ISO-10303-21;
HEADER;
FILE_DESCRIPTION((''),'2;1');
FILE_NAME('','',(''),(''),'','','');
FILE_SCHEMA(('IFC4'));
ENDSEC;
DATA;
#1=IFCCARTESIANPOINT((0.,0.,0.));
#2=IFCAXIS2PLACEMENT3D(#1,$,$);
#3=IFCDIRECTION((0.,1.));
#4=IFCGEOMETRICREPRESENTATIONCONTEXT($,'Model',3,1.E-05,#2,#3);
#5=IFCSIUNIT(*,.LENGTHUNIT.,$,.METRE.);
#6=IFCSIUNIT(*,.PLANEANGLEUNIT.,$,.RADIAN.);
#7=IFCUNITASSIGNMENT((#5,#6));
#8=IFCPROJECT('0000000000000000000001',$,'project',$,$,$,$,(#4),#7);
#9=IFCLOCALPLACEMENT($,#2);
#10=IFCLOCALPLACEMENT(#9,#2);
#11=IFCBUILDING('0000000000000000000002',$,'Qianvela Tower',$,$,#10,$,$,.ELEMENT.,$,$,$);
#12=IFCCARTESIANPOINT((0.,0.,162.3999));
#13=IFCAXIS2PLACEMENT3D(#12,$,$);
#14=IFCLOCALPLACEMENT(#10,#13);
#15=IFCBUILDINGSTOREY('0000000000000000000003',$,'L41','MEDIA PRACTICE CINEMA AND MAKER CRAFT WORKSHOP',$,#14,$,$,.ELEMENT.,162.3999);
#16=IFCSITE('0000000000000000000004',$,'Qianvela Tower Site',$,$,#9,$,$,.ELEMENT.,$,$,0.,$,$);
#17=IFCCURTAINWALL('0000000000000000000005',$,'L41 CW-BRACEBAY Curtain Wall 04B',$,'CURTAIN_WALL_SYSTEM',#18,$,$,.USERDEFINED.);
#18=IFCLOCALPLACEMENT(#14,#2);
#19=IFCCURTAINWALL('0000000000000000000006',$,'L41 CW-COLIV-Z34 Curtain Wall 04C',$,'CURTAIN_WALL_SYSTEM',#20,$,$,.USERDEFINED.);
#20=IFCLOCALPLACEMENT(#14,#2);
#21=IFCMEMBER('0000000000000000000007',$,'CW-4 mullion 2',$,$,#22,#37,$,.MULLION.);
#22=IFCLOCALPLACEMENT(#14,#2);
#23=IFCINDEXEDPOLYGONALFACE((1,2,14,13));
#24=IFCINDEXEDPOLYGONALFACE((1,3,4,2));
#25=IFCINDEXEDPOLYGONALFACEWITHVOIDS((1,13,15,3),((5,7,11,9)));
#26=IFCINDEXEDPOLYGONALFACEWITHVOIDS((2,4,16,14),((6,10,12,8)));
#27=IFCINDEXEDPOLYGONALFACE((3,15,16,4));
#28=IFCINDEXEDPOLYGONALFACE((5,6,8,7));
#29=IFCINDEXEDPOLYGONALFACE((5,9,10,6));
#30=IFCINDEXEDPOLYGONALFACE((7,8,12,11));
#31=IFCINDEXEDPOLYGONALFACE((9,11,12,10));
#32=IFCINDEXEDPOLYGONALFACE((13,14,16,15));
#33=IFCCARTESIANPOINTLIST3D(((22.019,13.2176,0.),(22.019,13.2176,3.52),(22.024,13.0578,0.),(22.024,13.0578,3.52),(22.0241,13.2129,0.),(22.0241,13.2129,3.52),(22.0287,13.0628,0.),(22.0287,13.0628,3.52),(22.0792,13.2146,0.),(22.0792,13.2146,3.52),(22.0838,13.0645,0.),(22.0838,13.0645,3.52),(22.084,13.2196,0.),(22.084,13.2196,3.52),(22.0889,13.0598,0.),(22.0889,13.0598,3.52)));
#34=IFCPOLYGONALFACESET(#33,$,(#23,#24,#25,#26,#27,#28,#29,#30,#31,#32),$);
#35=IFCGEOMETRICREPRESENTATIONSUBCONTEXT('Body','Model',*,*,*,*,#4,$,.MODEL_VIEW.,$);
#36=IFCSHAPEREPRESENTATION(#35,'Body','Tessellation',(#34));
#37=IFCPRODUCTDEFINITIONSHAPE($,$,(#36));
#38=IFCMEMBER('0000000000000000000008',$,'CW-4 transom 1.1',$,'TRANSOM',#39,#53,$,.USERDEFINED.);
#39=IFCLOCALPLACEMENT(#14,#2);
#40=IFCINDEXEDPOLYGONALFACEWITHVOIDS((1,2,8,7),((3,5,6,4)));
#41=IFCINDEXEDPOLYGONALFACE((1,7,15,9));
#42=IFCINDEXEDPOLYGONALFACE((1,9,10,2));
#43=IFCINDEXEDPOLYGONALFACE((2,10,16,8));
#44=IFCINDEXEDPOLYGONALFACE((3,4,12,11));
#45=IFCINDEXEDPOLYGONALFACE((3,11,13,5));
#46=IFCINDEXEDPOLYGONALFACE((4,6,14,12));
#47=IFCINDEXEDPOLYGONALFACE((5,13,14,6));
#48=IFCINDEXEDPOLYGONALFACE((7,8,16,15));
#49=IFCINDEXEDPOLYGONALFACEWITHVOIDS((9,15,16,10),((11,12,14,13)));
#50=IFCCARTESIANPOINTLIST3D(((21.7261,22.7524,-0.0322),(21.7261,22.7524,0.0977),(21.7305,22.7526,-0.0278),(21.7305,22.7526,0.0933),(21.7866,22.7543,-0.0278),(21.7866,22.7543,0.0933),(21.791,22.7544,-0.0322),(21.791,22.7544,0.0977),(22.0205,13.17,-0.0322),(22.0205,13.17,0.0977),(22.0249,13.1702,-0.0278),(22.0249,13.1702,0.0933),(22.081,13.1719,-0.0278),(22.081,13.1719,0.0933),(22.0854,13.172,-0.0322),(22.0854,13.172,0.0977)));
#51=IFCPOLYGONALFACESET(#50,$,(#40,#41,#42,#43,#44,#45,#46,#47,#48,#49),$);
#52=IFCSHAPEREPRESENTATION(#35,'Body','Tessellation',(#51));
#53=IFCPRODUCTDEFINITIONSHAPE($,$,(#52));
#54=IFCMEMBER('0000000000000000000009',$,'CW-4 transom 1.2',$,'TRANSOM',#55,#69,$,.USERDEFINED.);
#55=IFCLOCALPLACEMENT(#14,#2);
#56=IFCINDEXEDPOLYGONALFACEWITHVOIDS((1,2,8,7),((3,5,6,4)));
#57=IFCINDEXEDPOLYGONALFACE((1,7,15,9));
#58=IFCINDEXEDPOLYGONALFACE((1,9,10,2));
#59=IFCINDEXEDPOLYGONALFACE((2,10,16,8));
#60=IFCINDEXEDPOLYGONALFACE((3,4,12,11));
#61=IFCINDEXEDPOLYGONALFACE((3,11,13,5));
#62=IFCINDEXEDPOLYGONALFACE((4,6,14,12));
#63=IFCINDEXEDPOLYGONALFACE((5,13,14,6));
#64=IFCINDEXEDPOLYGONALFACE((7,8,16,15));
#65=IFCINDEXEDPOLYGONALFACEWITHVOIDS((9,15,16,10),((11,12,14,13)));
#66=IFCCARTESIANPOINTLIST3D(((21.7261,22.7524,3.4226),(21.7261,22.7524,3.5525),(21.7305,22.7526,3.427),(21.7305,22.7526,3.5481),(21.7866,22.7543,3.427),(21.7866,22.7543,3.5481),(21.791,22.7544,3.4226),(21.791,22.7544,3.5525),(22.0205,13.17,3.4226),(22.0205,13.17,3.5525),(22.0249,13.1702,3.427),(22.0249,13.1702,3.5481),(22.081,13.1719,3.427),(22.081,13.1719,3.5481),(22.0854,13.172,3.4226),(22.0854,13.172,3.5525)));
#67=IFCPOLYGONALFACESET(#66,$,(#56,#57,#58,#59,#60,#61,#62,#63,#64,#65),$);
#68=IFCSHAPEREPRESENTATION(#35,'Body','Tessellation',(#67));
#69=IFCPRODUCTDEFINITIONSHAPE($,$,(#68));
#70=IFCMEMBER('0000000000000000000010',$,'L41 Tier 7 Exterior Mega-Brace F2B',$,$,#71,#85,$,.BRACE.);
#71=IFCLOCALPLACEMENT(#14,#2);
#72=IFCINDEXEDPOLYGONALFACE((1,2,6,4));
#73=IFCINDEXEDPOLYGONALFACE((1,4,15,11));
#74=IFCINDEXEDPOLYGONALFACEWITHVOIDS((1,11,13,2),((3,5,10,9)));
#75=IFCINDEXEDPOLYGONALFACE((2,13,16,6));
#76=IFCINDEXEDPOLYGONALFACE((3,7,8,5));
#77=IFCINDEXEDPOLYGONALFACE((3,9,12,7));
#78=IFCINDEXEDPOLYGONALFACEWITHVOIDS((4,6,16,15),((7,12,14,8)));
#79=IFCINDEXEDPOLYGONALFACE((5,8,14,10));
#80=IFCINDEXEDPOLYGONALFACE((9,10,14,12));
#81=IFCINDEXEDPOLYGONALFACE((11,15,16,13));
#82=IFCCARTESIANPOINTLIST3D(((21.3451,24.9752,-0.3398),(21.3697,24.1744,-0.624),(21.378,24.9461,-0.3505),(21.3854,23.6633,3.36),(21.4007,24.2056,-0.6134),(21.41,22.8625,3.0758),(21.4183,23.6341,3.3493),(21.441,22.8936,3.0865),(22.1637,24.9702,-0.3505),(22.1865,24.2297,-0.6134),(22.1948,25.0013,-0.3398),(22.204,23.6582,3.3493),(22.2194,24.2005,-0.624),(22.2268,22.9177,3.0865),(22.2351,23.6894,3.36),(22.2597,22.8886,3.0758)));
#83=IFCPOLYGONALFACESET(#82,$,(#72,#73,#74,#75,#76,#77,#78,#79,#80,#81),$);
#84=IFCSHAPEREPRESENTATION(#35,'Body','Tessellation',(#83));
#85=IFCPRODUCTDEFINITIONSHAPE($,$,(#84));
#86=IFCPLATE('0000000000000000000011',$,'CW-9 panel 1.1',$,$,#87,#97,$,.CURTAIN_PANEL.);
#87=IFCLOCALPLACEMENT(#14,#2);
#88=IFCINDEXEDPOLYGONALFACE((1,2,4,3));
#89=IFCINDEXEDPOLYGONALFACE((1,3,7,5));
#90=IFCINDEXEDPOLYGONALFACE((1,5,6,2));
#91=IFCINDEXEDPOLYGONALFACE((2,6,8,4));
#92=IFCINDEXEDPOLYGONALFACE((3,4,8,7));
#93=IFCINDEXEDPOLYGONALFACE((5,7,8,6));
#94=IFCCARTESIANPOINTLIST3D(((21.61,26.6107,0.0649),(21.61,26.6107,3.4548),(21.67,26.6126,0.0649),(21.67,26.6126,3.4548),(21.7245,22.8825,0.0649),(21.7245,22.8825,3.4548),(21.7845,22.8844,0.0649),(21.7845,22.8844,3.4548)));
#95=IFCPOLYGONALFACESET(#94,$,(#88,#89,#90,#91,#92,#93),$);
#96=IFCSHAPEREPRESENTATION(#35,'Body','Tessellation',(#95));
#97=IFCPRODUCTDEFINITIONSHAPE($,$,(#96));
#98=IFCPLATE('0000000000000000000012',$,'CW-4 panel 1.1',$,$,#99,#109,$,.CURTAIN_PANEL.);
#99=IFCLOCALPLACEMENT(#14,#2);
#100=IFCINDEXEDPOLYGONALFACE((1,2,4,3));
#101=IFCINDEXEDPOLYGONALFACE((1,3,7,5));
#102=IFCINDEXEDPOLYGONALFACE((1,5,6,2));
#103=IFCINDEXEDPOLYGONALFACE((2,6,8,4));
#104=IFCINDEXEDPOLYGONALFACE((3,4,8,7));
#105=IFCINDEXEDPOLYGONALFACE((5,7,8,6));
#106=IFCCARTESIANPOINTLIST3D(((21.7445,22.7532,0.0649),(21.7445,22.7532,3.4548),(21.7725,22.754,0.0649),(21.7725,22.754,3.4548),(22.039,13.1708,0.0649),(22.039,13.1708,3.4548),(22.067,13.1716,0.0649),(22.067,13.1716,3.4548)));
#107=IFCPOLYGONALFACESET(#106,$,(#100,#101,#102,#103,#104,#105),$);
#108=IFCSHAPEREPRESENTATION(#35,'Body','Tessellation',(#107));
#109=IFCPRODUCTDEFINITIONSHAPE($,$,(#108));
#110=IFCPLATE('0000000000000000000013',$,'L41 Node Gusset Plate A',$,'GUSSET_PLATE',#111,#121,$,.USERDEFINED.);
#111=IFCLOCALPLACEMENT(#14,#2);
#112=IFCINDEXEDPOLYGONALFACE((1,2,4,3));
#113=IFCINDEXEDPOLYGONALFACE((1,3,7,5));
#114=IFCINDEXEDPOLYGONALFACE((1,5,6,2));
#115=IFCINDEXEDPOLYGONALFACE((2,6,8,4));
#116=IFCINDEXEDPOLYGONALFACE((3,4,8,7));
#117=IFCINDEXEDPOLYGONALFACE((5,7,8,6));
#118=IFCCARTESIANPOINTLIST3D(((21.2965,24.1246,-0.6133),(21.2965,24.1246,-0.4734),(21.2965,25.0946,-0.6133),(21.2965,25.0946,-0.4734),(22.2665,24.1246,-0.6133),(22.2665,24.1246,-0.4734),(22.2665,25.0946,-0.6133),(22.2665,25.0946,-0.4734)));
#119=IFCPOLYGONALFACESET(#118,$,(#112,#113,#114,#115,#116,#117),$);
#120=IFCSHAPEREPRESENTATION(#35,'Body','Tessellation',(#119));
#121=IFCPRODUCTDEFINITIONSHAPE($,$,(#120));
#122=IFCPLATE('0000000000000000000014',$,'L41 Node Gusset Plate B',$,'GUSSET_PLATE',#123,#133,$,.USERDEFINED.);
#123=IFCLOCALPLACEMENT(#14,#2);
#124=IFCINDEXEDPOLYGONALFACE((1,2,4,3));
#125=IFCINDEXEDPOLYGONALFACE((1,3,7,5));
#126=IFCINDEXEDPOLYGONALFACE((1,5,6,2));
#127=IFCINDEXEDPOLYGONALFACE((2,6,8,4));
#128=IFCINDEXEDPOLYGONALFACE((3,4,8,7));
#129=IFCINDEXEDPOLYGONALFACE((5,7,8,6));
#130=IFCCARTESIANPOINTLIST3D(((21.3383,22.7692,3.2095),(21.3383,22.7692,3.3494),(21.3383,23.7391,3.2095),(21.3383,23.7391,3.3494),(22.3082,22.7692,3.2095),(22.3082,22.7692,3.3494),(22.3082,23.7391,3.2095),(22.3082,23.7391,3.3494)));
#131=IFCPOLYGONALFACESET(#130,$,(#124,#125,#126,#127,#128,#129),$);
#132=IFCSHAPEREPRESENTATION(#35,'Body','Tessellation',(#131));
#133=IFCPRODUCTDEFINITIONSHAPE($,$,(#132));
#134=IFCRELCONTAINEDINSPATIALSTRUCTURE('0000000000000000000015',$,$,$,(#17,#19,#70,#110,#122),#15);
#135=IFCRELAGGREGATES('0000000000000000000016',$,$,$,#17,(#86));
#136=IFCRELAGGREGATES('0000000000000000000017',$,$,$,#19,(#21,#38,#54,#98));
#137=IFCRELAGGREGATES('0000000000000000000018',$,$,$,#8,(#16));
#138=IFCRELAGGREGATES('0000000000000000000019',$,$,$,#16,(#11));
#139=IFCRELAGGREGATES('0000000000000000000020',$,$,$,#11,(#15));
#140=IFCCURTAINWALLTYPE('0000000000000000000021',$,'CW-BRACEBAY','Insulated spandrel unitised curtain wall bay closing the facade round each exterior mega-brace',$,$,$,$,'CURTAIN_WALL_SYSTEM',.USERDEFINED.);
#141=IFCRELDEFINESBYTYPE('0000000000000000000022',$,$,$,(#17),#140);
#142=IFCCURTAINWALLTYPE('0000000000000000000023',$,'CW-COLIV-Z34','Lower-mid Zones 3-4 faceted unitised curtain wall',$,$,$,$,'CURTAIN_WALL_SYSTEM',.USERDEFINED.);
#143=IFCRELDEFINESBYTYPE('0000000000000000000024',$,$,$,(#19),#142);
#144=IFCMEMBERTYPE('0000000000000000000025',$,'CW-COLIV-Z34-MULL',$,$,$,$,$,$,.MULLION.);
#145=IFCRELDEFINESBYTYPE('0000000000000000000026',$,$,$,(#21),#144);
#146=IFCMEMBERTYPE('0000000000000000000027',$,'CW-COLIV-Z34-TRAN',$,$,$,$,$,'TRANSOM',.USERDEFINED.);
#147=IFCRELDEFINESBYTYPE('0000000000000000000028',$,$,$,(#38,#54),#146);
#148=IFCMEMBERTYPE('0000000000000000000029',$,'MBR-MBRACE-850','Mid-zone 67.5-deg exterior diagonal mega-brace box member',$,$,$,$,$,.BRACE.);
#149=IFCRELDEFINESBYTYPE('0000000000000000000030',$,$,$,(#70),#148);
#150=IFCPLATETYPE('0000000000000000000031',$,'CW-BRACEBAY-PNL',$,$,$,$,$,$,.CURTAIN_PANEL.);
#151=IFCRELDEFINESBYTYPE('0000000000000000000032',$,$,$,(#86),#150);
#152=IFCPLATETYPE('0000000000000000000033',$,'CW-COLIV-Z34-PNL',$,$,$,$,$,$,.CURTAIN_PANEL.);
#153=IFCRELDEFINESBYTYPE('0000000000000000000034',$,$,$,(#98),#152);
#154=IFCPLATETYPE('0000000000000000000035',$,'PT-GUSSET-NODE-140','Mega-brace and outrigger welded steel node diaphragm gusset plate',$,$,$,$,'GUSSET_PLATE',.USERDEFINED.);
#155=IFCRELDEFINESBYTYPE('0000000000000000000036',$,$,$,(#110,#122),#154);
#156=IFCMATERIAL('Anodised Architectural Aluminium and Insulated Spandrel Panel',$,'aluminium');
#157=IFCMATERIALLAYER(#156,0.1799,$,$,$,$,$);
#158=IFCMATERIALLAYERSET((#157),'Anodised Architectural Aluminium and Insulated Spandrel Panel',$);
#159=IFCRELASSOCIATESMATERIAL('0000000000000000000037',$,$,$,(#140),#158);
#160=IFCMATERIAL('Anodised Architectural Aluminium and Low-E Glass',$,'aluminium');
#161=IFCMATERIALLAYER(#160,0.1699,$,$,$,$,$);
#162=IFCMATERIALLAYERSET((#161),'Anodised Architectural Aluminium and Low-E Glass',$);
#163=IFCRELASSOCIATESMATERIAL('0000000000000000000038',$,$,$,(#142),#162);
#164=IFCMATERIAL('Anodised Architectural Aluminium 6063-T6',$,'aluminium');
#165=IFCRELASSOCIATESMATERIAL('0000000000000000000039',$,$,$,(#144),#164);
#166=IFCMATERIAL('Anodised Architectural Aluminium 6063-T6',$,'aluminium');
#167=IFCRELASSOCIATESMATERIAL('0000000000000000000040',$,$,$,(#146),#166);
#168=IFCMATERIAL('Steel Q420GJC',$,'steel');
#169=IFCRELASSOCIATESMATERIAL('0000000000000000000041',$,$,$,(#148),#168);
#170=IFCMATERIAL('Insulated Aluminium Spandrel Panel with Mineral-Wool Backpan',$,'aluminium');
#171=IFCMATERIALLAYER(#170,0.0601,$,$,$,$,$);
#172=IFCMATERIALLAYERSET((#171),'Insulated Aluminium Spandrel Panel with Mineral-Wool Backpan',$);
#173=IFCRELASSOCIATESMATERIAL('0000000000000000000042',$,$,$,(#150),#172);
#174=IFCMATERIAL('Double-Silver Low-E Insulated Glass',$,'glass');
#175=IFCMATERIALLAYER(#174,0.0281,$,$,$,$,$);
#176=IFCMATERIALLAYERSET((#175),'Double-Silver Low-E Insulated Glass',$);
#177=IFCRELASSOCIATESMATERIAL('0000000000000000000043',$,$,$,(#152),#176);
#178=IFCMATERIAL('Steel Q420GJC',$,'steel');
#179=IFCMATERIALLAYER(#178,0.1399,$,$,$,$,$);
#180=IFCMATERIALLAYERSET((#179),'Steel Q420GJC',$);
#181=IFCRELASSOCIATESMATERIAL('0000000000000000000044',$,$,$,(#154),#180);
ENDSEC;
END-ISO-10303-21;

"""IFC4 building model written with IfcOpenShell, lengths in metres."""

from ifc_helpers import new_model, si_unit, direction, frame, origin, origin_2d, place, context, subcontext, project, spatial, rectangle, hollow_rectangle, extrude, material, layer, layer_set, material_profile, profile_set, type_object, element, aggregate, save


model = new_model("IFC4")

# Units and contexts
model_context = context("Model", 3, precision=1e-05, world=origin(), true_north=direction((0.0, 1.0)))
body_context = subcontext(model_context, "Body", "Model", "MODEL_VIEW")
ifc_project = project(units=[si_unit("LENGTHUNIT", "METRE"), si_unit("PLANEANGLEUNIT", "RADIAN")], contexts=[model_context])

# Site, building, storey
site_placement = place(None, origin())
site = spatial("IfcSite", under=ifc_project, at=site_placement, Name="Qianvela Tower Site", CompositionType="ELEMENT", RefElevation=0.0)
building_placement = place(site_placement, origin())
building = spatial("IfcBuilding", under=site, at=building_placement, Name="Qianvela Tower", CompositionType="ELEMENT")
storey_placement = place(building_placement, frame((0.0, 0.0, 162.3999)))
storey = spatial("IfcBuildingStorey", under=building, at=storey_placement, Name="L41", Description="MEDIA PRACTICE CINEMA AND MAKER CRAFT WORKSHOP", CompositionType="ELEMENT", Elevation=162.3999)

# Curtain wall
ifc_material_1 = material(Name="Anodised Architectural Aluminium and Insulated Spandrel Panel", Category="aluminium")
ifc_layer_1 = layer(ifc_material_1, 0.1799)
ifc_layer_set_1 = layer_set([ifc_layer_1], Name="Anodised Architectural Aluminium and Insulated Spandrel Panel")
curtain_wall_type_1 = type_object("IfcCurtainWallType", Name="CW-BRACEBAY", Description="Insulated spandrel unitised curtain wall bay closing the facade round each exterior mega-brace", ElementType="CURTAIN_WALL_SYSTEM", PredefinedType="USERDEFINED", material=ifc_layer_set_1)
curtain_wall_1_placement = place(storey_placement, origin())
curtain_wall_1 = element("IfcCurtainWall", 1, at=curtain_wall_1_placement, inside=storey, type_object=curtain_wall_type_1, Name="L41 CW-BRACEBAY Curtain Wall 04B", ObjectType="CURTAIN_WALL_SYSTEM", PredefinedType="USERDEFINED")

# Curtain wall, members
ifc_material_2 = material(Name="Anodised Architectural Aluminium and Low-E Glass", Category="aluminium")
ifc_layer_2 = layer(ifc_material_2, 0.1699)
ifc_layer_set_2 = layer_set([ifc_layer_2], Name="Anodised Architectural Aluminium and Low-E Glass")
curtain_wall_type_2 = type_object("IfcCurtainWallType", Name="CW-COLIV-Z34", Description="Lower-mid Zones 3-4 faceted unitised curtain wall", ElementType="CURTAIN_WALL_SYSTEM", PredefinedType="USERDEFINED", material=ifc_layer_set_2)
curtain_wall_2_placement = place(storey_placement, origin())
curtain_wall_2 = element("IfcCurtainWall", 2, at=curtain_wall_2_placement, inside=storey, type_object=curtain_wall_type_2, Name="L41 CW-COLIV-Z34 Curtain Wall 04C", ObjectType="CURTAIN_WALL_SYSTEM", PredefinedType="USERDEFINED")
ifc_material_3 = material(Name="Anodised Architectural Aluminium 6063-T6", Category="aluminium")
ifc_material_profile_1 = material_profile(ifc_material_3, hollow_rectangle(XDim=0.0649, YDim=0.1599, WallThickness=0.0049, at=origin_2d()), Name="ALU-MULL-65x160")
ifc_profile_set_1 = profile_set([ifc_material_profile_1], Name="Anodised Architectural Aluminium 6063-T6")
member_type_1 = type_object("IfcMemberType", Name="CW-COLIV-Z34-MULL", PredefinedType="MULLION", material=ifc_profile_set_1)
member_1_placement = place(storey_placement, frame((22.054, 13.1387, 0.0), z_axis=(0.0, 0.0, 1.0), x_axis=(0.999528, 0.030719, 0.0)))
member_1 = element("IfcMember", 3, at=member_1_placement, type_object=member_type_1, Name="CW-4 mullion 2", PredefinedType="MULLION", context=body_context, shape_type="SweptSolid", body=[
    extrude(hollow_rectangle(XDim=0.0649, YDim=0.1599, WallThickness=0.0049, at=origin_2d()), origin(), (0.0, 0.0, 1.0), 3.52),
])
ifc_material_4 = material(Name="Anodised Architectural Aluminium 6063-T6", Category="aluminium")
ifc_material_profile_2 = material_profile(ifc_material_4, hollow_rectangle(XDim=0.0649, YDim=0.1299, WallThickness=0.0044, at=origin_2d()), Name="ALU-TRAN-65x130")
ifc_profile_set_2 = profile_set([ifc_material_profile_2], Name="Anodised Architectural Aluminium 6063-T6")
member_type_2 = type_object("IfcMemberType", Name="CW-COLIV-Z34-TRAN", ElementType="TRANSOM", PredefinedType="USERDEFINED", material=ifc_profile_set_2)
member_2_placement = place(storey_placement, frame((21.7585, 22.7534, 0.0327), z_axis=(0.030712, -0.999528, 0.0), x_axis=(0.999528, 0.030712, 0.0)))
member_2 = element("IfcMember", 4, at=member_2_placement, type_object=member_type_2, Name="CW-4 transom 1.1", ObjectType="TRANSOM", PredefinedType="USERDEFINED", context=body_context, shape_type="SweptSolid", body=[
    extrude(hollow_rectangle(XDim=0.0649, YDim=0.1299, WallThickness=0.0044, at=origin_2d()), origin(), (0.0, 0.0, 1.0), 9.5869),
])
member_3_placement = place(storey_placement, frame((21.7585, 22.7534, 3.4875), z_axis=(0.030712, -0.999528, 0.0), x_axis=(0.999528, 0.030712, 0.0)))
member_3 = element("IfcMember", 5, at=member_3_placement, type_object=member_type_2, Name="CW-4 transom 1.2", ObjectType="TRANSOM", PredefinedType="USERDEFINED", context=body_context, shape_type="SweptSolid", body=[
    extrude(hollow_rectangle(XDim=0.0649, YDim=0.1299, WallThickness=0.0044, at=origin_2d()), origin(), (0.0, 0.0, 1.0), 9.5869),
])

# Member
ifc_material_5 = material(Name="Steel Q420GJC", Category="steel")
ifc_material_profile_3 = material_profile(ifc_material_5, hollow_rectangle(XDim=0.8501, YDim=0.8501, WallThickness=0.032, at=origin_2d()), Name="MBOX-850x850x32")
ifc_profile_set_3 = profile_set([ifc_material_profile_3], Name="Steel Q420GJC")
member_type_3 = type_object("IfcMemberType", Name="MBR-MBRACE-850", Description="Mid-zone 67.5-deg exterior diagonal mega-brace box member", PredefinedType="BRACE", material=ifc_profile_set_3)
member_4_placement = place(storey_placement, frame((21.7822, 24.5879, -0.4819), z_axis=(0.010261, -0.334194, 0.942448), x_axis=(0.999529, 0.030689, 0.0)))
element("IfcMember", 6, at=member_4_placement, inside=storey, type_object=member_type_3, Name="L41 Tier 7 Exterior Mega-Brace F2B", PredefinedType="BRACE", context=body_context, shape_type="SweptSolid", body=[
    extrude(hollow_rectangle(XDim=0.8501, YDim=0.8501, WallThickness=0.032, at=origin_2d()), origin(), (0.0, 0.0, 1.0), 3.9258),
])

# Plates
ifc_material_6 = material(Name="Insulated Aluminium Spandrel Panel with Mineral-Wool Backpan", Category="aluminium")
ifc_layer_3 = layer(ifc_material_6, 0.0601)
ifc_layer_set_3 = layer_set([ifc_layer_3], Name="Insulated Aluminium Spandrel Panel with Mineral-Wool Backpan")
plate_type_1 = type_object("IfcPlateType", Name="CW-BRACEBAY-PNL", PredefinedType="CURTAIN_PANEL", material=ifc_layer_set_3)
plate_1_placement = place(storey_placement, frame((21.6973, 24.7476, 0.0649), z_axis=(0.0, 0.0, 1.0), x_axis=(0.0307, -0.999529, 0.0)))
plate_1 = element("IfcPlate", 7, at=plate_1_placement, type_object=plate_type_1, Name="CW-9 panel 1.1", PredefinedType="CURTAIN_PANEL", context=body_context, shape_type="SweptSolid", body=[
    extrude(rectangle(XDim=3.73, YDim=0.0601, at=origin_2d()), origin(), (0.0, 0.0, 1.0), 3.3899),
])
aggregate(curtain_wall_1, [plate_1])
ifc_material_7 = material(Name="Double-Silver Low-E Insulated Glass", Category="glass")
ifc_layer_4 = layer(ifc_material_7, 0.0281)
ifc_layer_set_4 = layer_set([ifc_layer_4], Name="Double-Silver Low-E Insulated Glass")
plate_type_2 = type_object("IfcPlateType", Name="CW-COLIV-Z34-PNL", PredefinedType="CURTAIN_PANEL", material=ifc_layer_set_4)
plate_2_placement = place(storey_placement, frame((21.9058, 17.9624, 0.0649), z_axis=(0.0, 0.0, 1.0), x_axis=(0.030719, -0.999528, 0.0)))
plate_2 = element("IfcPlate", 8, at=plate_2_placement, type_object=plate_type_2, Name="CW-4 panel 1.1", PredefinedType="CURTAIN_PANEL", context=body_context, shape_type="SweptSolid", body=[
    extrude(rectangle(XDim=9.5869, YDim=0.0281, at=origin_2d()), origin(), (0.0, 0.0, 1.0), 3.3899),
])
aggregate(curtain_wall_2, [member_1, member_2, member_3, plate_2])

# Plates
ifc_material_8 = material(Name="Steel Q420GJC", Category="steel")
ifc_layer_5 = layer(ifc_material_8, 0.1399)
ifc_layer_set_5 = layer_set([ifc_layer_5], Name="Steel Q420GJC")
plate_type_3 = type_object("IfcPlateType", Name="PT-GUSSET-NODE-140", Description="Mega-brace and outrigger welded steel node diaphragm gusset plate", ElementType="GUSSET_PLATE", PredefinedType="USERDEFINED", material=ifc_layer_set_5)
for number, where, z_axis, x_axis, name in (
    (9, (21.7815, 24.6096, -0.6133), (0.0, 0.0, 1.0), (1.0, 0.0, 0.0), "L41 Node Gusset Plate A"),
    (10, (21.8232, 23.2542, 3.2095), (0.0, 0.0, 1.0), (1.0, 0.0, 0.0), "L41 Node Gusset Plate B"),
):
    element("IfcPlate", number, at=place(storey_placement, frame(where, z_axis=z_axis, x_axis=x_axis)), inside=storey, type_object=plate_type_3, Name=name, ObjectType="GUSSET_PLATE", PredefinedType="USERDEFINED", context=body_context, shape_type="SweptSolid", body=[
        extrude(rectangle(XDim=0.97, YDim=0.97, at=origin_2d()), origin(), (0.0, 0.0, 1.0), 0.1399),
    ])

save(model, "model.ifc")
